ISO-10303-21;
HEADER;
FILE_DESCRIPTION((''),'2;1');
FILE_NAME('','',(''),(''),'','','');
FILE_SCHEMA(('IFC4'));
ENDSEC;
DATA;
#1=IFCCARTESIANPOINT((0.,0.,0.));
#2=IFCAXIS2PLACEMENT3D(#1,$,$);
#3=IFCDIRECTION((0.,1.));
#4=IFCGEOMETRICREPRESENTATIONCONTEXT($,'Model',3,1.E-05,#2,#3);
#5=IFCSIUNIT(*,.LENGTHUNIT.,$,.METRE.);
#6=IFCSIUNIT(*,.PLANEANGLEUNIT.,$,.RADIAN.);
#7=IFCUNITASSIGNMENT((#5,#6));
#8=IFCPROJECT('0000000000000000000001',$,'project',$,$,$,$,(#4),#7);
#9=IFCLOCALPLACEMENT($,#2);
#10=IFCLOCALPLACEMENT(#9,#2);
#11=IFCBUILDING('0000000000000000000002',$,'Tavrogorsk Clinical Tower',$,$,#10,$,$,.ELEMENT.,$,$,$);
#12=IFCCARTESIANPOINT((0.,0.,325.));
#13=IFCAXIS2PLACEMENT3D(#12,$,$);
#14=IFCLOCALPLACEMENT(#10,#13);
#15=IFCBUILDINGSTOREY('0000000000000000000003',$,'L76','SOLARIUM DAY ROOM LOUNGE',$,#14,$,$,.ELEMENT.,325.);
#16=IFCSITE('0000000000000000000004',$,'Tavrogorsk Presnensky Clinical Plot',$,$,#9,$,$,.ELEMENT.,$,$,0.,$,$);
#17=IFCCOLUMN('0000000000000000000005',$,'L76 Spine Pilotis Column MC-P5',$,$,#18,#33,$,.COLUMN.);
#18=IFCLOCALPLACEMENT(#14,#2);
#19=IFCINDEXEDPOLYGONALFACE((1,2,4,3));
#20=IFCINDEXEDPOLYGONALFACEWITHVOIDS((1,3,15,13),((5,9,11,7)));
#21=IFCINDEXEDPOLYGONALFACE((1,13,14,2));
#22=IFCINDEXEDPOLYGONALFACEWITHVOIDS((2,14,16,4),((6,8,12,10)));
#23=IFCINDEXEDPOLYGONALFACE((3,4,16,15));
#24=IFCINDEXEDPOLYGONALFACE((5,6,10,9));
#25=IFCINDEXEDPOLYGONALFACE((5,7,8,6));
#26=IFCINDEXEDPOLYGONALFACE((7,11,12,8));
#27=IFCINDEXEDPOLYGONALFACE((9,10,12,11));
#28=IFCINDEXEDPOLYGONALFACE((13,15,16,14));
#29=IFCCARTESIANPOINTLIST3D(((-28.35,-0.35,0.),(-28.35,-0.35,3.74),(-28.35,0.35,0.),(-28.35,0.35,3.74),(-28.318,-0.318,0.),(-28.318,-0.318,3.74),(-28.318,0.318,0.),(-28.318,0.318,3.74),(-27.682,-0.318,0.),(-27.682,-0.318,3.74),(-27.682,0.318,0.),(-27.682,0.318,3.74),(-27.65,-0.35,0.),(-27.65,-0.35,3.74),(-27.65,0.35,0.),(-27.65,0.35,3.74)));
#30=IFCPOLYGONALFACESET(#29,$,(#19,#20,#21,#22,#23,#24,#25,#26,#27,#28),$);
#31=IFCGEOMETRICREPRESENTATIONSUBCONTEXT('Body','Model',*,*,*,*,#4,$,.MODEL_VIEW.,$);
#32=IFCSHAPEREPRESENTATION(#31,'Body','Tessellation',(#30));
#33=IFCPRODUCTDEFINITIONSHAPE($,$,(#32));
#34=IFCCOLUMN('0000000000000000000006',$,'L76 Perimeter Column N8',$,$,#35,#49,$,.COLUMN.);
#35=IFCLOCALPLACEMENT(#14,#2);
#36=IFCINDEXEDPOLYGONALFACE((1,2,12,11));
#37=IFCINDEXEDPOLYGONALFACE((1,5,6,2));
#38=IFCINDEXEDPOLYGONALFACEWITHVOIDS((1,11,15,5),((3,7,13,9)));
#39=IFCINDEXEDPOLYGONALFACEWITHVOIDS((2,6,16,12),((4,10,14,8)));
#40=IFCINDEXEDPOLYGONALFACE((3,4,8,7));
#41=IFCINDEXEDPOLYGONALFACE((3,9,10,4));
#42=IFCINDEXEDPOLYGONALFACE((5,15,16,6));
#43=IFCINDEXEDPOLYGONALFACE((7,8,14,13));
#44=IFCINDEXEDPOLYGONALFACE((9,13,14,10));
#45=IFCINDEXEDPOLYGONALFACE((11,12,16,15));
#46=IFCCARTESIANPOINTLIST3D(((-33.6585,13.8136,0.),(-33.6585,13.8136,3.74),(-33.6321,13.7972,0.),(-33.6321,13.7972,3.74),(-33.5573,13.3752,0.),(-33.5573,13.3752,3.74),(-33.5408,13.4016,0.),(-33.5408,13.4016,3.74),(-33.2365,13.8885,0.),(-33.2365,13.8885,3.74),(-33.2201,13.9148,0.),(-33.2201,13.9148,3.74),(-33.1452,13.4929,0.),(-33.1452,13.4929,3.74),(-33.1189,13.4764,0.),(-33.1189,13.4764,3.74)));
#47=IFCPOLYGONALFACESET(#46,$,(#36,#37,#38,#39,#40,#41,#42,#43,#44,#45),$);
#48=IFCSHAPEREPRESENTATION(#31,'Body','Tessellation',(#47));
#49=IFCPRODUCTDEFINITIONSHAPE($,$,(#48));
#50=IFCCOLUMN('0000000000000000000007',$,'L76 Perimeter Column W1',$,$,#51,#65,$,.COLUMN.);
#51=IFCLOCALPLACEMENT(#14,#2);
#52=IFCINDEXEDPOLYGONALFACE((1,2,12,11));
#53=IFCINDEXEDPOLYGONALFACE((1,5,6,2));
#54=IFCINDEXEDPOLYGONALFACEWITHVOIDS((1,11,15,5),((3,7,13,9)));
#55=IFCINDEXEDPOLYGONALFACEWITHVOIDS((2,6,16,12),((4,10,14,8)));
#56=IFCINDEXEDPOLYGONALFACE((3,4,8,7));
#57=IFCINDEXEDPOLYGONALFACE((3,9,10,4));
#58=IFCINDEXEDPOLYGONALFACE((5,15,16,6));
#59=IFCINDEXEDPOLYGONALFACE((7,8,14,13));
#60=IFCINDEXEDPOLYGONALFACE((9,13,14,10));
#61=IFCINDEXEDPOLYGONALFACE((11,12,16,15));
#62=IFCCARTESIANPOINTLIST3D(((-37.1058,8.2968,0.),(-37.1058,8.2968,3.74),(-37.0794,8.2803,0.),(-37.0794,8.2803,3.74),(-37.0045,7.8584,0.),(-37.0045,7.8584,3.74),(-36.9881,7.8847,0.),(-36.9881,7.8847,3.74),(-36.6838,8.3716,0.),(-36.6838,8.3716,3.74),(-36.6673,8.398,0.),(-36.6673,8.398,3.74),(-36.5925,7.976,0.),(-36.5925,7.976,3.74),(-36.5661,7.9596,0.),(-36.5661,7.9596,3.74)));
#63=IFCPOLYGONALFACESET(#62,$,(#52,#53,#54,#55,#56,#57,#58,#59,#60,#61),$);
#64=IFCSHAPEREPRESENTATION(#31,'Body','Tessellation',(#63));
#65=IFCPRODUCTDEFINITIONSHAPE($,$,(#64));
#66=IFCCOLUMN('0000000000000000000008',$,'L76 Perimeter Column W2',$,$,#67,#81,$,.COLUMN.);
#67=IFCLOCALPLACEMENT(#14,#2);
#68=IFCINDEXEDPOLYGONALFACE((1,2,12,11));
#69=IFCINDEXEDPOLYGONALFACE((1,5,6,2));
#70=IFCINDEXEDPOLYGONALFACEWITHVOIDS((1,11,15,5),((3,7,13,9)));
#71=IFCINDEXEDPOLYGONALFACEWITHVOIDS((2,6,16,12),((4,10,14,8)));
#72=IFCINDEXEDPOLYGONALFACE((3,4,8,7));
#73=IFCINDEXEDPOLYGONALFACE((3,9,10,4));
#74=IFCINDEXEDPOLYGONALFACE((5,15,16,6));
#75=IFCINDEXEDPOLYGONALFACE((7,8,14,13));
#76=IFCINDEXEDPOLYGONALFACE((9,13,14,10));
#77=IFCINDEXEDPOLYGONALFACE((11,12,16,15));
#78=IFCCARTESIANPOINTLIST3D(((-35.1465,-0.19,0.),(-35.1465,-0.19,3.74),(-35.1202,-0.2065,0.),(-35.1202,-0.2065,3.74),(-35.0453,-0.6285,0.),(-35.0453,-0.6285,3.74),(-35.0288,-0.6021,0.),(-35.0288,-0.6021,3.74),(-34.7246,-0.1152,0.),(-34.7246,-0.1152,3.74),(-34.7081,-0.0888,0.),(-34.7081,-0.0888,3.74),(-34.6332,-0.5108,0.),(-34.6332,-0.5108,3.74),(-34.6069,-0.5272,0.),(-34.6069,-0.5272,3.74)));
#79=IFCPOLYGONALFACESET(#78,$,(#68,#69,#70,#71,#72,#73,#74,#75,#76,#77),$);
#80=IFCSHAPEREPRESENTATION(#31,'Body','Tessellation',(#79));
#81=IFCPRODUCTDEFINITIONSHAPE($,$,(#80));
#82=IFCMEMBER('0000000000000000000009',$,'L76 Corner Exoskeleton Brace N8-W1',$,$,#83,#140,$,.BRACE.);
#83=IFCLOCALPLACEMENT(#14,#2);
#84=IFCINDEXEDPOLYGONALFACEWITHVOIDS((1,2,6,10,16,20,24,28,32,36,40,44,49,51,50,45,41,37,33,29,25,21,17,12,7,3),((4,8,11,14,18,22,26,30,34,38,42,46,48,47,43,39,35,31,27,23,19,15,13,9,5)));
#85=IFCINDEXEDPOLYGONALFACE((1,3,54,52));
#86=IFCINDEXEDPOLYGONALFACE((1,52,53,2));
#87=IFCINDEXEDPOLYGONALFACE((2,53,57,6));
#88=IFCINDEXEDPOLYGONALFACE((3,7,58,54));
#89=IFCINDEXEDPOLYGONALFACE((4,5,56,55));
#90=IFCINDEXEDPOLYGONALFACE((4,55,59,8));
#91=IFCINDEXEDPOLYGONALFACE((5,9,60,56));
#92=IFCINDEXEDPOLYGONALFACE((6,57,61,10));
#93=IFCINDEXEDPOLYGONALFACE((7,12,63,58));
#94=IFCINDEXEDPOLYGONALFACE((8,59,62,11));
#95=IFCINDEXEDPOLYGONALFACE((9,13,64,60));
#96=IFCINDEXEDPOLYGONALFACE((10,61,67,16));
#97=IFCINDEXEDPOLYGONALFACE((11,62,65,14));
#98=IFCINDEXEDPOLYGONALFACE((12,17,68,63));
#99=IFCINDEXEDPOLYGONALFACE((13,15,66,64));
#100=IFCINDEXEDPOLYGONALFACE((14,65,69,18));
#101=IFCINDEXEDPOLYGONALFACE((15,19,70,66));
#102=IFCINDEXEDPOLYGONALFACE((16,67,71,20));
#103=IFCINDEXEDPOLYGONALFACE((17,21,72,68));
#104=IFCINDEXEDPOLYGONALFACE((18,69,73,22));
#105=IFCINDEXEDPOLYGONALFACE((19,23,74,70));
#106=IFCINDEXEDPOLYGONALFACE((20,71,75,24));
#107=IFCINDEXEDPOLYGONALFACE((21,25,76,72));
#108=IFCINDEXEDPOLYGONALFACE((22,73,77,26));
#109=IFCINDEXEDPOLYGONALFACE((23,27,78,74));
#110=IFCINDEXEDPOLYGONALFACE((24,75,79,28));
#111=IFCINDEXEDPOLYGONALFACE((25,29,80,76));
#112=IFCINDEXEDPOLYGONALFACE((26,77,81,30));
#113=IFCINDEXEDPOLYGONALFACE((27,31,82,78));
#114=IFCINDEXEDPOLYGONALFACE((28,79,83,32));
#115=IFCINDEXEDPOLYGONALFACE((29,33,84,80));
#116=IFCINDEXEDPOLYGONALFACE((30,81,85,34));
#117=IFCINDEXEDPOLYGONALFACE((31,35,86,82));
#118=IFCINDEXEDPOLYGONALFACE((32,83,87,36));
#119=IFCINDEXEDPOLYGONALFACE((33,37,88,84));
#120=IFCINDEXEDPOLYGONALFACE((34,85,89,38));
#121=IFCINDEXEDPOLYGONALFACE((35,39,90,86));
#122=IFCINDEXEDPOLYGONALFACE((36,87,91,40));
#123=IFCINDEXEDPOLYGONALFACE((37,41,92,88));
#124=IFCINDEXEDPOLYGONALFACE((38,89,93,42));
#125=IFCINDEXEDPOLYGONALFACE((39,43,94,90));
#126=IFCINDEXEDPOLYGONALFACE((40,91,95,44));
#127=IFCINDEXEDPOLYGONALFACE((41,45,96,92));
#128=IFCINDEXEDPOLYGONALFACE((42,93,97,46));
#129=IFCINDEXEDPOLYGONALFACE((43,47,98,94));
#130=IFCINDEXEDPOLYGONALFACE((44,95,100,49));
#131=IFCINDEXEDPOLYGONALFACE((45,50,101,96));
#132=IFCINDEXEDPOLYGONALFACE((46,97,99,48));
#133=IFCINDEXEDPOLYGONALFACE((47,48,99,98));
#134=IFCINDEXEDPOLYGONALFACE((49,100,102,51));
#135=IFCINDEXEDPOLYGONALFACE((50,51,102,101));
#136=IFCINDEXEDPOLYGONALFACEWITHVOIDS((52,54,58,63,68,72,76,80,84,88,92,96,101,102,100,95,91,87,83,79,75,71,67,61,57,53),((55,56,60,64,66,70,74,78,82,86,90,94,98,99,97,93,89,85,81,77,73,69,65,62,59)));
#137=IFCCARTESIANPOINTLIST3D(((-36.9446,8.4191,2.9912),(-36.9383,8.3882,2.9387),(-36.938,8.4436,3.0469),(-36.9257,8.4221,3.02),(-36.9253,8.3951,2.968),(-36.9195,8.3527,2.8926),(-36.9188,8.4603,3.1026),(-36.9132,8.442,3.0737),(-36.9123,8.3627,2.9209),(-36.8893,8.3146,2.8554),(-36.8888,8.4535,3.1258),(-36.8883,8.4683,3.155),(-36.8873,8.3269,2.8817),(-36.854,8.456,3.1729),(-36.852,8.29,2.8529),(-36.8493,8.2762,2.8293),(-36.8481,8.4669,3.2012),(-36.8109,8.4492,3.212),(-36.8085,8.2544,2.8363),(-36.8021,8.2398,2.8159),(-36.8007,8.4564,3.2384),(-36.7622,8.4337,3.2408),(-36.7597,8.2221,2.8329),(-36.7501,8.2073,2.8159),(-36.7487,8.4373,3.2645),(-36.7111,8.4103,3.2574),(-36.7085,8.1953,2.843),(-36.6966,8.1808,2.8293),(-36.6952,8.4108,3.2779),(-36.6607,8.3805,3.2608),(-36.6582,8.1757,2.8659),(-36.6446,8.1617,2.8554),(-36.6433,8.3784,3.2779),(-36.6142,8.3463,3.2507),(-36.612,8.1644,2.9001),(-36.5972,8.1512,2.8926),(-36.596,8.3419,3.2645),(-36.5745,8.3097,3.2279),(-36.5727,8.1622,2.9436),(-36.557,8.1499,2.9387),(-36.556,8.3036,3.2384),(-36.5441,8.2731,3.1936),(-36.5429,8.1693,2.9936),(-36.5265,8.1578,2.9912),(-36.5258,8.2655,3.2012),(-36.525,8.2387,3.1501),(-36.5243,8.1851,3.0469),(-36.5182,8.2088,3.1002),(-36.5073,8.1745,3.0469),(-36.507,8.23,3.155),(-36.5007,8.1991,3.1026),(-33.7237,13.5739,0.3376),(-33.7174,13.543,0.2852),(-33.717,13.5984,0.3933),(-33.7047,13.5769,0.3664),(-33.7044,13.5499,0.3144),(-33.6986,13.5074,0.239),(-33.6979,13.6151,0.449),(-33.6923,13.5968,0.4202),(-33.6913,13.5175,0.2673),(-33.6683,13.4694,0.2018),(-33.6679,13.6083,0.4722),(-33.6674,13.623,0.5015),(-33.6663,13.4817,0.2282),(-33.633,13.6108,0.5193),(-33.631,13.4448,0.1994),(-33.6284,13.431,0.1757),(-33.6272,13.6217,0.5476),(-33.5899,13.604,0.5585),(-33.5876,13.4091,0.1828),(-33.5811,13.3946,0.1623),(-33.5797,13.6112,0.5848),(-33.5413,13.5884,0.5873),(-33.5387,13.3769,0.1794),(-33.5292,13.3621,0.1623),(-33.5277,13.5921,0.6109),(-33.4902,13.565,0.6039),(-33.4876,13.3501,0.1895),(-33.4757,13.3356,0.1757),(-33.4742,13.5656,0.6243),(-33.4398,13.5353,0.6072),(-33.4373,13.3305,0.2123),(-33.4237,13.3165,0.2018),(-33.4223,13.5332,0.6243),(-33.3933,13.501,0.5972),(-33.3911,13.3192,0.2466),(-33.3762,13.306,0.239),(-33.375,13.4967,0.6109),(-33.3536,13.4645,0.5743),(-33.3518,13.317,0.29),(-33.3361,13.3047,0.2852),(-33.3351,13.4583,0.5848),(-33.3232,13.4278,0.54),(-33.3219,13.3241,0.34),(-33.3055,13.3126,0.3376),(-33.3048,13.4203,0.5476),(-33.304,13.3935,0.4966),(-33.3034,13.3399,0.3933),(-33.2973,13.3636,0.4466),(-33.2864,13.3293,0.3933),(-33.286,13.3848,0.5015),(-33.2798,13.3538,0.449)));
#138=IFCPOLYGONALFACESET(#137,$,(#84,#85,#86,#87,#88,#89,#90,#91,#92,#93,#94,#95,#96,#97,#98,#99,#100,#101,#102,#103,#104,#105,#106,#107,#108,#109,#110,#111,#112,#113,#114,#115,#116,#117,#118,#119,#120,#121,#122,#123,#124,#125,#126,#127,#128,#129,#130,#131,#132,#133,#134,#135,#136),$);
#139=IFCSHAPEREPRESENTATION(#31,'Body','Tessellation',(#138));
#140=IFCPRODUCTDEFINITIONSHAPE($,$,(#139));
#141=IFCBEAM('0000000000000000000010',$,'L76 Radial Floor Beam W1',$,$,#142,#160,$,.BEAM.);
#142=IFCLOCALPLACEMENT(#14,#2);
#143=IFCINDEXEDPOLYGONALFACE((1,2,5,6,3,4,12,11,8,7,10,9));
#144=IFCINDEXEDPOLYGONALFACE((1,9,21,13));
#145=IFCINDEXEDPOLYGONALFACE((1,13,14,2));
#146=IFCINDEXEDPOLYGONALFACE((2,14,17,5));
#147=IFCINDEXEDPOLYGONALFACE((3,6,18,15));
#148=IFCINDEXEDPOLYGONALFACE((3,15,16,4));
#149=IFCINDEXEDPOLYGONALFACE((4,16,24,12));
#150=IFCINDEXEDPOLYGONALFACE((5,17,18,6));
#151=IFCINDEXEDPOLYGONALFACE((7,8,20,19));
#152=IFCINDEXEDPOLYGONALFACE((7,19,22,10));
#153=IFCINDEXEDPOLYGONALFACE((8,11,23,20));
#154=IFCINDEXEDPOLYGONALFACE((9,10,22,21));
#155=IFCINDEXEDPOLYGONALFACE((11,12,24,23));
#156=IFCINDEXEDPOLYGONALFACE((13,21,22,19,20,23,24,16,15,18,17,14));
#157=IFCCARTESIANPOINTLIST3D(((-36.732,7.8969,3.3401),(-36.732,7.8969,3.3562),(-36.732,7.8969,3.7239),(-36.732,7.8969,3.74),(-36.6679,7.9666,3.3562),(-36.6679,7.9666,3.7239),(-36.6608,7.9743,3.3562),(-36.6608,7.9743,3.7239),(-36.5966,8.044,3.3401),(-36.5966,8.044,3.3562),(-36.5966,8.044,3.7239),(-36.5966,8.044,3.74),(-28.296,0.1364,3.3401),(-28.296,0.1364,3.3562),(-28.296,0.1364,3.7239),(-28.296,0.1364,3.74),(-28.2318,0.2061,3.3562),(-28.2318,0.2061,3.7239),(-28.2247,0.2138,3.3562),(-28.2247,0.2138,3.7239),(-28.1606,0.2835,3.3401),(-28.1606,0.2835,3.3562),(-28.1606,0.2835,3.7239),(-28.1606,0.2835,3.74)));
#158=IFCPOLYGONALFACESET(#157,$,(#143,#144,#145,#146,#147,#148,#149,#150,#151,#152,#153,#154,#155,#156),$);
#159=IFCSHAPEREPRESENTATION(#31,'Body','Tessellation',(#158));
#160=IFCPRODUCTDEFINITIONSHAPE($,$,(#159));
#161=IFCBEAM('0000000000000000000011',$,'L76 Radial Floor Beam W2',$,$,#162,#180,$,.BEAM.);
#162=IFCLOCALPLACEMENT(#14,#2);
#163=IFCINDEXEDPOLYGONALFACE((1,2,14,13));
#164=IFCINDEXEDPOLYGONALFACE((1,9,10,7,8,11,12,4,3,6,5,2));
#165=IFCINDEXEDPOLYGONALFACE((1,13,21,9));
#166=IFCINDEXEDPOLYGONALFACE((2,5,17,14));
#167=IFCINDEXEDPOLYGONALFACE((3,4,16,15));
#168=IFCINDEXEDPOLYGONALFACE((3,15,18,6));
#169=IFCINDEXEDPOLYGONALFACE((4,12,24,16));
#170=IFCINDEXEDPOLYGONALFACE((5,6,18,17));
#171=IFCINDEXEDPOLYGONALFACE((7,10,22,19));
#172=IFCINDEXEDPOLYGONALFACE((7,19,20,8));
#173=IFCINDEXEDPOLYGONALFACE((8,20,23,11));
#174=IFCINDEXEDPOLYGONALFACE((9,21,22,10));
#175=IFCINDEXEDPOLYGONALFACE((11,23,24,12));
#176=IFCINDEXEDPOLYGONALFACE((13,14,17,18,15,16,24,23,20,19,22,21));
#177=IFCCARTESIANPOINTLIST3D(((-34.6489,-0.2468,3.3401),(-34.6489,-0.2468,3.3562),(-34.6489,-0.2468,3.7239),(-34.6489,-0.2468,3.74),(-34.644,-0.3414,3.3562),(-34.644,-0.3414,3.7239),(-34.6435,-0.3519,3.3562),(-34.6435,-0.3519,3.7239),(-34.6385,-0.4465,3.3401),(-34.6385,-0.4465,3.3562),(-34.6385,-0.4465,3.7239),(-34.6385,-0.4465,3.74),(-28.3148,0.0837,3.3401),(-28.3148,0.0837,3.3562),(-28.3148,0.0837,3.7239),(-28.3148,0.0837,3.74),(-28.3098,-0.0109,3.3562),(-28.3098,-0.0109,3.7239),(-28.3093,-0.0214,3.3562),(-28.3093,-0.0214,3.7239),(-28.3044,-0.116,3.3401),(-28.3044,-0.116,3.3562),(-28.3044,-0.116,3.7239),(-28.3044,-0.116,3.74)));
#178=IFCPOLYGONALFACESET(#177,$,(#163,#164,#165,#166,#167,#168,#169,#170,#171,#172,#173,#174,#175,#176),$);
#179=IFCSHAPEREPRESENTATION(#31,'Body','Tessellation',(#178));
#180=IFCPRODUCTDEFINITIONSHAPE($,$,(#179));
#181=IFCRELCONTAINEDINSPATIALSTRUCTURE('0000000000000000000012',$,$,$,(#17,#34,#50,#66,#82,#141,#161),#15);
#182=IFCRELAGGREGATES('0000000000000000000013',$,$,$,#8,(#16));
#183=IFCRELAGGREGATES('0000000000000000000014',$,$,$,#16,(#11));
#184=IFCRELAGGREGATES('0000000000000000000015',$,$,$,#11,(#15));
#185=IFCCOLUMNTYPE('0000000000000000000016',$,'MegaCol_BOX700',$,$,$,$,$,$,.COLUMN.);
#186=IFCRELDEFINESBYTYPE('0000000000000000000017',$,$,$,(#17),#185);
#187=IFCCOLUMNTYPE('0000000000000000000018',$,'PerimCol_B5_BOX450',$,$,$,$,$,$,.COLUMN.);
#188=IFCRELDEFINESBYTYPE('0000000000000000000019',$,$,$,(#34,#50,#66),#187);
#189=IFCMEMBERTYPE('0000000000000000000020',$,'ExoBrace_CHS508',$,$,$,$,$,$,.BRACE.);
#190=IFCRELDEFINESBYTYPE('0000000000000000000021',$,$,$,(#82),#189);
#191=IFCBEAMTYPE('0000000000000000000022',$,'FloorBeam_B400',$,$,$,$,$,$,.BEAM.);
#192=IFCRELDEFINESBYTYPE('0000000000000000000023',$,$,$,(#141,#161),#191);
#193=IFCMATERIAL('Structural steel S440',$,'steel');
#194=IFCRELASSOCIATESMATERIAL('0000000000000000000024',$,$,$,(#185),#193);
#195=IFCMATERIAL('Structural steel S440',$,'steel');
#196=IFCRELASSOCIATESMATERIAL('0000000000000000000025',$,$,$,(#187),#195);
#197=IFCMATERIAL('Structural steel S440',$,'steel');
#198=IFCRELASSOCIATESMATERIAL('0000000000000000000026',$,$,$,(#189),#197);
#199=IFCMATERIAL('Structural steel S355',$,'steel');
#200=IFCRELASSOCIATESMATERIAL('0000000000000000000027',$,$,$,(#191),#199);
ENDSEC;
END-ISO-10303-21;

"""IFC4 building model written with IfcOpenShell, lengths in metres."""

from ifc_helpers import new_model, si_unit, direction, frame, origin, origin_2d, place, context, subcontext, project, spatial, hollow_rectangle, hollow_circle, i_section, extrude, material, material_profile, profile_set, type_object, element, save


model = new_model("IFC4")

# Units and contexts
model_context = context("Model", 3, precision=1e-05, world=origin(), true_north=direction((0.0, 1.0)))
body_context = subcontext(model_context, "Body", "Model", "MODEL_VIEW")
ifc_project = project(units=[si_unit("LENGTHUNIT", "METRE"), si_unit("PLANEANGLEUNIT", "RADIAN")], contexts=[model_context])

# Site, building, storey
site_placement = place(None, origin())
site = spatial("IfcSite", under=ifc_project, at=site_placement, Name="Tavrogorsk Presnensky Clinical Plot", CompositionType="ELEMENT", RefElevation=0.0)
building_placement = place(site_placement, origin())
building = spatial("IfcBuilding", under=site, at=building_placement, Name="Tavrogorsk Clinical Tower", CompositionType="ELEMENT")
storey_placement = place(building_placement, frame((0.0, 0.0, 325.0)))
storey = spatial("IfcBuildingStorey", under=building, at=storey_placement, Name="L76", Description="SOLARIUM DAY ROOM LOUNGE", CompositionType="ELEMENT", Elevation=325.0)

# Columns
ifc_material_1 = material(Name="Structural steel S440", Category="steel")
ifc_material_profile_1 = material_profile(ifc_material_1, hollow_rectangle(XDim=0.7, YDim=0.7, WallThickness=0.032, at=origin_2d()), Name="BOX-700x700x32")
ifc_profile_set_1 = profile_set([ifc_material_profile_1], Name="Structural steel S440")
column_type_1 = type_object("IfcColumnType", Name="MegaCol_BOX700", PredefinedType="COLUMN", material=ifc_profile_set_1)
column_placement = place(storey_placement, frame((-28.0, 0.0, 0.0), z_axis=(0.0, 0.0, 1.0), x_axis=(1.0, 0.0, 0.0)))
element("IfcColumn", 1, at=column_placement, inside=storey, type_object=column_type_1, Name="L76 Spine Pilotis Column MC-P5", PredefinedType="COLUMN", context=body_context, shape_type="SweptSolid", body=[
    extrude(hollow_rectangle(XDim=0.7, YDim=0.7, WallThickness=0.032, at=origin_2d()), origin(), (0.0, 0.0, 1.0), 3.74),
])
ifc_material_2 = material(Name="Structural steel S440", Category="steel")
ifc_material_profile_2 = material_profile(ifc_material_2, hollow_rectangle(XDim=0.45, YDim=0.45, WallThickness=0.022, at=origin_2d()), Name="BOX-450x450x22")
ifc_profile_set_2 = profile_set([ifc_material_profile_2], Name="Structural steel S440")
column_type_2 = type_object("IfcColumnType", Name="PerimCol_B5_BOX450", PredefinedType="COLUMN", material=ifc_profile_set_2)
for number, where, z_axis, x_axis, name in (
    (2, (-33.3887, 13.645, 0.0), (0.0, 0.0, 1.0), (0.97437, 0.224951, 0.0), "L76 Perimeter Column N8"),
    (3, (-36.8359, 8.1282, 0.0), (0.0, 0.0, 1.0), (0.97437, 0.224951, 0.0), "L76 Perimeter Column W1"),
    (4, (-34.8767, -0.3586, 0.0), (0.0, 0.0, 1.0), (0.97437, 0.224951, 0.0), "L76 Perimeter Column W2"),
):
    element("IfcColumn", number, at=place(storey_placement, frame(where, z_axis=z_axis, x_axis=x_axis)), inside=storey, type_object=column_type_2, Name=name, PredefinedType="COLUMN", context=body_context, shape_type="SweptSolid", body=[
        extrude(hollow_rectangle(XDim=0.45, YDim=0.45, WallThickness=0.022, at=origin_2d()), origin(), (0.0, 0.0, 1.0), 3.74),
    ])

# Member
ifc_material_3 = material(Name="Structural steel S440", Category="steel")
ifc_material_profile_3 = material_profile(ifc_material_3, hollow_circle(Radius=0.2539, WallThickness=0.02, at=origin_2d()), Name="CHS-508x20")
ifc_profile_set_3 = profile_set([ifc_material_profile_3], Name="Structural steel S440")
member_type = type_object("IfcMemberType", Name="ExoBrace_CHS508", PredefinedType="BRACE", material=ifc_profile_set_3)
member_placement = place(storey_placement, frame((-33.5017, 13.4639, 0.3933), z_axis=(-0.485644, -0.777222, 0.400096), x_axis=(0.848057, -0.529905, 0.0)))
element("IfcMember", 5, at=member_placement, inside=storey, type_object=member_type, Name="L76 Corner Exoskeleton Brace N8-W1", PredefinedType="BRACE", context=body_context, shape_type="SweptSolid", body=[
    extrude(hollow_circle(Radius=0.2539, WallThickness=0.02, at=origin_2d()), origin(), (0.0, 0.0, 1.0), 6.6323),
])

# Beams
ifc_material_4 = material(Name="Structural steel S355", Category="steel")
ifc_material_profile_4 = material_profile(ifc_material_4, i_section(OverallWidth=0.2, OverallDepth=0.3999, WebThickness=0.0105, FlangeThickness=0.0161, at=origin_2d()), Name="B-400x200x10.5x16")
ifc_profile_set_4 = profile_set([ifc_material_profile_4], Name="Structural steel S355")
beam_type_1 = type_object("IfcBeamType", Name="FloorBeam_B400", PredefinedType="BEAM", material=ifc_profile_set_4)
beam_1_placement = place(storey_placement, frame((-28.2283, 0.21, 3.54), z_axis=(-0.735959, 0.677026, 0.0), x_axis=(-0.677026, -0.735959, 0.0)))
element("IfcBeam", 6, at=beam_1_placement, inside=storey, type_object=beam_type_1, Name="L76 Radial Floor Beam W1", PredefinedType="BEAM", context=body_context, shape_type="SweptSolid", body=[
    extrude(i_section(OverallWidth=0.2, OverallDepth=0.3999, WebThickness=0.0105, FlangeThickness=0.0161, at=origin_2d()), origin(), (0.0, 0.0, 1.0), 11.4626),
])
beam_2_placement = place(storey_placement, frame((-28.3096, -0.0161, 3.54), z_axis=(-0.998641, -0.052116, 0.0), x_axis=(0.052116, -0.998641, 0.0)))
element("IfcBeam", 7, at=beam_2_placement, inside=storey, type_object=beam_type_1, Name="L76 Radial Floor Beam W2", PredefinedType="BEAM", context=body_context, shape_type="SweptSolid", body=[
    extrude(i_section(OverallWidth=0.2, OverallDepth=0.3999, WebThickness=0.0105, FlangeThickness=0.0161, at=origin_2d()), origin(), (0.0, 0.0, 1.0), 6.3428),
])

save(model, "model.ifc")
